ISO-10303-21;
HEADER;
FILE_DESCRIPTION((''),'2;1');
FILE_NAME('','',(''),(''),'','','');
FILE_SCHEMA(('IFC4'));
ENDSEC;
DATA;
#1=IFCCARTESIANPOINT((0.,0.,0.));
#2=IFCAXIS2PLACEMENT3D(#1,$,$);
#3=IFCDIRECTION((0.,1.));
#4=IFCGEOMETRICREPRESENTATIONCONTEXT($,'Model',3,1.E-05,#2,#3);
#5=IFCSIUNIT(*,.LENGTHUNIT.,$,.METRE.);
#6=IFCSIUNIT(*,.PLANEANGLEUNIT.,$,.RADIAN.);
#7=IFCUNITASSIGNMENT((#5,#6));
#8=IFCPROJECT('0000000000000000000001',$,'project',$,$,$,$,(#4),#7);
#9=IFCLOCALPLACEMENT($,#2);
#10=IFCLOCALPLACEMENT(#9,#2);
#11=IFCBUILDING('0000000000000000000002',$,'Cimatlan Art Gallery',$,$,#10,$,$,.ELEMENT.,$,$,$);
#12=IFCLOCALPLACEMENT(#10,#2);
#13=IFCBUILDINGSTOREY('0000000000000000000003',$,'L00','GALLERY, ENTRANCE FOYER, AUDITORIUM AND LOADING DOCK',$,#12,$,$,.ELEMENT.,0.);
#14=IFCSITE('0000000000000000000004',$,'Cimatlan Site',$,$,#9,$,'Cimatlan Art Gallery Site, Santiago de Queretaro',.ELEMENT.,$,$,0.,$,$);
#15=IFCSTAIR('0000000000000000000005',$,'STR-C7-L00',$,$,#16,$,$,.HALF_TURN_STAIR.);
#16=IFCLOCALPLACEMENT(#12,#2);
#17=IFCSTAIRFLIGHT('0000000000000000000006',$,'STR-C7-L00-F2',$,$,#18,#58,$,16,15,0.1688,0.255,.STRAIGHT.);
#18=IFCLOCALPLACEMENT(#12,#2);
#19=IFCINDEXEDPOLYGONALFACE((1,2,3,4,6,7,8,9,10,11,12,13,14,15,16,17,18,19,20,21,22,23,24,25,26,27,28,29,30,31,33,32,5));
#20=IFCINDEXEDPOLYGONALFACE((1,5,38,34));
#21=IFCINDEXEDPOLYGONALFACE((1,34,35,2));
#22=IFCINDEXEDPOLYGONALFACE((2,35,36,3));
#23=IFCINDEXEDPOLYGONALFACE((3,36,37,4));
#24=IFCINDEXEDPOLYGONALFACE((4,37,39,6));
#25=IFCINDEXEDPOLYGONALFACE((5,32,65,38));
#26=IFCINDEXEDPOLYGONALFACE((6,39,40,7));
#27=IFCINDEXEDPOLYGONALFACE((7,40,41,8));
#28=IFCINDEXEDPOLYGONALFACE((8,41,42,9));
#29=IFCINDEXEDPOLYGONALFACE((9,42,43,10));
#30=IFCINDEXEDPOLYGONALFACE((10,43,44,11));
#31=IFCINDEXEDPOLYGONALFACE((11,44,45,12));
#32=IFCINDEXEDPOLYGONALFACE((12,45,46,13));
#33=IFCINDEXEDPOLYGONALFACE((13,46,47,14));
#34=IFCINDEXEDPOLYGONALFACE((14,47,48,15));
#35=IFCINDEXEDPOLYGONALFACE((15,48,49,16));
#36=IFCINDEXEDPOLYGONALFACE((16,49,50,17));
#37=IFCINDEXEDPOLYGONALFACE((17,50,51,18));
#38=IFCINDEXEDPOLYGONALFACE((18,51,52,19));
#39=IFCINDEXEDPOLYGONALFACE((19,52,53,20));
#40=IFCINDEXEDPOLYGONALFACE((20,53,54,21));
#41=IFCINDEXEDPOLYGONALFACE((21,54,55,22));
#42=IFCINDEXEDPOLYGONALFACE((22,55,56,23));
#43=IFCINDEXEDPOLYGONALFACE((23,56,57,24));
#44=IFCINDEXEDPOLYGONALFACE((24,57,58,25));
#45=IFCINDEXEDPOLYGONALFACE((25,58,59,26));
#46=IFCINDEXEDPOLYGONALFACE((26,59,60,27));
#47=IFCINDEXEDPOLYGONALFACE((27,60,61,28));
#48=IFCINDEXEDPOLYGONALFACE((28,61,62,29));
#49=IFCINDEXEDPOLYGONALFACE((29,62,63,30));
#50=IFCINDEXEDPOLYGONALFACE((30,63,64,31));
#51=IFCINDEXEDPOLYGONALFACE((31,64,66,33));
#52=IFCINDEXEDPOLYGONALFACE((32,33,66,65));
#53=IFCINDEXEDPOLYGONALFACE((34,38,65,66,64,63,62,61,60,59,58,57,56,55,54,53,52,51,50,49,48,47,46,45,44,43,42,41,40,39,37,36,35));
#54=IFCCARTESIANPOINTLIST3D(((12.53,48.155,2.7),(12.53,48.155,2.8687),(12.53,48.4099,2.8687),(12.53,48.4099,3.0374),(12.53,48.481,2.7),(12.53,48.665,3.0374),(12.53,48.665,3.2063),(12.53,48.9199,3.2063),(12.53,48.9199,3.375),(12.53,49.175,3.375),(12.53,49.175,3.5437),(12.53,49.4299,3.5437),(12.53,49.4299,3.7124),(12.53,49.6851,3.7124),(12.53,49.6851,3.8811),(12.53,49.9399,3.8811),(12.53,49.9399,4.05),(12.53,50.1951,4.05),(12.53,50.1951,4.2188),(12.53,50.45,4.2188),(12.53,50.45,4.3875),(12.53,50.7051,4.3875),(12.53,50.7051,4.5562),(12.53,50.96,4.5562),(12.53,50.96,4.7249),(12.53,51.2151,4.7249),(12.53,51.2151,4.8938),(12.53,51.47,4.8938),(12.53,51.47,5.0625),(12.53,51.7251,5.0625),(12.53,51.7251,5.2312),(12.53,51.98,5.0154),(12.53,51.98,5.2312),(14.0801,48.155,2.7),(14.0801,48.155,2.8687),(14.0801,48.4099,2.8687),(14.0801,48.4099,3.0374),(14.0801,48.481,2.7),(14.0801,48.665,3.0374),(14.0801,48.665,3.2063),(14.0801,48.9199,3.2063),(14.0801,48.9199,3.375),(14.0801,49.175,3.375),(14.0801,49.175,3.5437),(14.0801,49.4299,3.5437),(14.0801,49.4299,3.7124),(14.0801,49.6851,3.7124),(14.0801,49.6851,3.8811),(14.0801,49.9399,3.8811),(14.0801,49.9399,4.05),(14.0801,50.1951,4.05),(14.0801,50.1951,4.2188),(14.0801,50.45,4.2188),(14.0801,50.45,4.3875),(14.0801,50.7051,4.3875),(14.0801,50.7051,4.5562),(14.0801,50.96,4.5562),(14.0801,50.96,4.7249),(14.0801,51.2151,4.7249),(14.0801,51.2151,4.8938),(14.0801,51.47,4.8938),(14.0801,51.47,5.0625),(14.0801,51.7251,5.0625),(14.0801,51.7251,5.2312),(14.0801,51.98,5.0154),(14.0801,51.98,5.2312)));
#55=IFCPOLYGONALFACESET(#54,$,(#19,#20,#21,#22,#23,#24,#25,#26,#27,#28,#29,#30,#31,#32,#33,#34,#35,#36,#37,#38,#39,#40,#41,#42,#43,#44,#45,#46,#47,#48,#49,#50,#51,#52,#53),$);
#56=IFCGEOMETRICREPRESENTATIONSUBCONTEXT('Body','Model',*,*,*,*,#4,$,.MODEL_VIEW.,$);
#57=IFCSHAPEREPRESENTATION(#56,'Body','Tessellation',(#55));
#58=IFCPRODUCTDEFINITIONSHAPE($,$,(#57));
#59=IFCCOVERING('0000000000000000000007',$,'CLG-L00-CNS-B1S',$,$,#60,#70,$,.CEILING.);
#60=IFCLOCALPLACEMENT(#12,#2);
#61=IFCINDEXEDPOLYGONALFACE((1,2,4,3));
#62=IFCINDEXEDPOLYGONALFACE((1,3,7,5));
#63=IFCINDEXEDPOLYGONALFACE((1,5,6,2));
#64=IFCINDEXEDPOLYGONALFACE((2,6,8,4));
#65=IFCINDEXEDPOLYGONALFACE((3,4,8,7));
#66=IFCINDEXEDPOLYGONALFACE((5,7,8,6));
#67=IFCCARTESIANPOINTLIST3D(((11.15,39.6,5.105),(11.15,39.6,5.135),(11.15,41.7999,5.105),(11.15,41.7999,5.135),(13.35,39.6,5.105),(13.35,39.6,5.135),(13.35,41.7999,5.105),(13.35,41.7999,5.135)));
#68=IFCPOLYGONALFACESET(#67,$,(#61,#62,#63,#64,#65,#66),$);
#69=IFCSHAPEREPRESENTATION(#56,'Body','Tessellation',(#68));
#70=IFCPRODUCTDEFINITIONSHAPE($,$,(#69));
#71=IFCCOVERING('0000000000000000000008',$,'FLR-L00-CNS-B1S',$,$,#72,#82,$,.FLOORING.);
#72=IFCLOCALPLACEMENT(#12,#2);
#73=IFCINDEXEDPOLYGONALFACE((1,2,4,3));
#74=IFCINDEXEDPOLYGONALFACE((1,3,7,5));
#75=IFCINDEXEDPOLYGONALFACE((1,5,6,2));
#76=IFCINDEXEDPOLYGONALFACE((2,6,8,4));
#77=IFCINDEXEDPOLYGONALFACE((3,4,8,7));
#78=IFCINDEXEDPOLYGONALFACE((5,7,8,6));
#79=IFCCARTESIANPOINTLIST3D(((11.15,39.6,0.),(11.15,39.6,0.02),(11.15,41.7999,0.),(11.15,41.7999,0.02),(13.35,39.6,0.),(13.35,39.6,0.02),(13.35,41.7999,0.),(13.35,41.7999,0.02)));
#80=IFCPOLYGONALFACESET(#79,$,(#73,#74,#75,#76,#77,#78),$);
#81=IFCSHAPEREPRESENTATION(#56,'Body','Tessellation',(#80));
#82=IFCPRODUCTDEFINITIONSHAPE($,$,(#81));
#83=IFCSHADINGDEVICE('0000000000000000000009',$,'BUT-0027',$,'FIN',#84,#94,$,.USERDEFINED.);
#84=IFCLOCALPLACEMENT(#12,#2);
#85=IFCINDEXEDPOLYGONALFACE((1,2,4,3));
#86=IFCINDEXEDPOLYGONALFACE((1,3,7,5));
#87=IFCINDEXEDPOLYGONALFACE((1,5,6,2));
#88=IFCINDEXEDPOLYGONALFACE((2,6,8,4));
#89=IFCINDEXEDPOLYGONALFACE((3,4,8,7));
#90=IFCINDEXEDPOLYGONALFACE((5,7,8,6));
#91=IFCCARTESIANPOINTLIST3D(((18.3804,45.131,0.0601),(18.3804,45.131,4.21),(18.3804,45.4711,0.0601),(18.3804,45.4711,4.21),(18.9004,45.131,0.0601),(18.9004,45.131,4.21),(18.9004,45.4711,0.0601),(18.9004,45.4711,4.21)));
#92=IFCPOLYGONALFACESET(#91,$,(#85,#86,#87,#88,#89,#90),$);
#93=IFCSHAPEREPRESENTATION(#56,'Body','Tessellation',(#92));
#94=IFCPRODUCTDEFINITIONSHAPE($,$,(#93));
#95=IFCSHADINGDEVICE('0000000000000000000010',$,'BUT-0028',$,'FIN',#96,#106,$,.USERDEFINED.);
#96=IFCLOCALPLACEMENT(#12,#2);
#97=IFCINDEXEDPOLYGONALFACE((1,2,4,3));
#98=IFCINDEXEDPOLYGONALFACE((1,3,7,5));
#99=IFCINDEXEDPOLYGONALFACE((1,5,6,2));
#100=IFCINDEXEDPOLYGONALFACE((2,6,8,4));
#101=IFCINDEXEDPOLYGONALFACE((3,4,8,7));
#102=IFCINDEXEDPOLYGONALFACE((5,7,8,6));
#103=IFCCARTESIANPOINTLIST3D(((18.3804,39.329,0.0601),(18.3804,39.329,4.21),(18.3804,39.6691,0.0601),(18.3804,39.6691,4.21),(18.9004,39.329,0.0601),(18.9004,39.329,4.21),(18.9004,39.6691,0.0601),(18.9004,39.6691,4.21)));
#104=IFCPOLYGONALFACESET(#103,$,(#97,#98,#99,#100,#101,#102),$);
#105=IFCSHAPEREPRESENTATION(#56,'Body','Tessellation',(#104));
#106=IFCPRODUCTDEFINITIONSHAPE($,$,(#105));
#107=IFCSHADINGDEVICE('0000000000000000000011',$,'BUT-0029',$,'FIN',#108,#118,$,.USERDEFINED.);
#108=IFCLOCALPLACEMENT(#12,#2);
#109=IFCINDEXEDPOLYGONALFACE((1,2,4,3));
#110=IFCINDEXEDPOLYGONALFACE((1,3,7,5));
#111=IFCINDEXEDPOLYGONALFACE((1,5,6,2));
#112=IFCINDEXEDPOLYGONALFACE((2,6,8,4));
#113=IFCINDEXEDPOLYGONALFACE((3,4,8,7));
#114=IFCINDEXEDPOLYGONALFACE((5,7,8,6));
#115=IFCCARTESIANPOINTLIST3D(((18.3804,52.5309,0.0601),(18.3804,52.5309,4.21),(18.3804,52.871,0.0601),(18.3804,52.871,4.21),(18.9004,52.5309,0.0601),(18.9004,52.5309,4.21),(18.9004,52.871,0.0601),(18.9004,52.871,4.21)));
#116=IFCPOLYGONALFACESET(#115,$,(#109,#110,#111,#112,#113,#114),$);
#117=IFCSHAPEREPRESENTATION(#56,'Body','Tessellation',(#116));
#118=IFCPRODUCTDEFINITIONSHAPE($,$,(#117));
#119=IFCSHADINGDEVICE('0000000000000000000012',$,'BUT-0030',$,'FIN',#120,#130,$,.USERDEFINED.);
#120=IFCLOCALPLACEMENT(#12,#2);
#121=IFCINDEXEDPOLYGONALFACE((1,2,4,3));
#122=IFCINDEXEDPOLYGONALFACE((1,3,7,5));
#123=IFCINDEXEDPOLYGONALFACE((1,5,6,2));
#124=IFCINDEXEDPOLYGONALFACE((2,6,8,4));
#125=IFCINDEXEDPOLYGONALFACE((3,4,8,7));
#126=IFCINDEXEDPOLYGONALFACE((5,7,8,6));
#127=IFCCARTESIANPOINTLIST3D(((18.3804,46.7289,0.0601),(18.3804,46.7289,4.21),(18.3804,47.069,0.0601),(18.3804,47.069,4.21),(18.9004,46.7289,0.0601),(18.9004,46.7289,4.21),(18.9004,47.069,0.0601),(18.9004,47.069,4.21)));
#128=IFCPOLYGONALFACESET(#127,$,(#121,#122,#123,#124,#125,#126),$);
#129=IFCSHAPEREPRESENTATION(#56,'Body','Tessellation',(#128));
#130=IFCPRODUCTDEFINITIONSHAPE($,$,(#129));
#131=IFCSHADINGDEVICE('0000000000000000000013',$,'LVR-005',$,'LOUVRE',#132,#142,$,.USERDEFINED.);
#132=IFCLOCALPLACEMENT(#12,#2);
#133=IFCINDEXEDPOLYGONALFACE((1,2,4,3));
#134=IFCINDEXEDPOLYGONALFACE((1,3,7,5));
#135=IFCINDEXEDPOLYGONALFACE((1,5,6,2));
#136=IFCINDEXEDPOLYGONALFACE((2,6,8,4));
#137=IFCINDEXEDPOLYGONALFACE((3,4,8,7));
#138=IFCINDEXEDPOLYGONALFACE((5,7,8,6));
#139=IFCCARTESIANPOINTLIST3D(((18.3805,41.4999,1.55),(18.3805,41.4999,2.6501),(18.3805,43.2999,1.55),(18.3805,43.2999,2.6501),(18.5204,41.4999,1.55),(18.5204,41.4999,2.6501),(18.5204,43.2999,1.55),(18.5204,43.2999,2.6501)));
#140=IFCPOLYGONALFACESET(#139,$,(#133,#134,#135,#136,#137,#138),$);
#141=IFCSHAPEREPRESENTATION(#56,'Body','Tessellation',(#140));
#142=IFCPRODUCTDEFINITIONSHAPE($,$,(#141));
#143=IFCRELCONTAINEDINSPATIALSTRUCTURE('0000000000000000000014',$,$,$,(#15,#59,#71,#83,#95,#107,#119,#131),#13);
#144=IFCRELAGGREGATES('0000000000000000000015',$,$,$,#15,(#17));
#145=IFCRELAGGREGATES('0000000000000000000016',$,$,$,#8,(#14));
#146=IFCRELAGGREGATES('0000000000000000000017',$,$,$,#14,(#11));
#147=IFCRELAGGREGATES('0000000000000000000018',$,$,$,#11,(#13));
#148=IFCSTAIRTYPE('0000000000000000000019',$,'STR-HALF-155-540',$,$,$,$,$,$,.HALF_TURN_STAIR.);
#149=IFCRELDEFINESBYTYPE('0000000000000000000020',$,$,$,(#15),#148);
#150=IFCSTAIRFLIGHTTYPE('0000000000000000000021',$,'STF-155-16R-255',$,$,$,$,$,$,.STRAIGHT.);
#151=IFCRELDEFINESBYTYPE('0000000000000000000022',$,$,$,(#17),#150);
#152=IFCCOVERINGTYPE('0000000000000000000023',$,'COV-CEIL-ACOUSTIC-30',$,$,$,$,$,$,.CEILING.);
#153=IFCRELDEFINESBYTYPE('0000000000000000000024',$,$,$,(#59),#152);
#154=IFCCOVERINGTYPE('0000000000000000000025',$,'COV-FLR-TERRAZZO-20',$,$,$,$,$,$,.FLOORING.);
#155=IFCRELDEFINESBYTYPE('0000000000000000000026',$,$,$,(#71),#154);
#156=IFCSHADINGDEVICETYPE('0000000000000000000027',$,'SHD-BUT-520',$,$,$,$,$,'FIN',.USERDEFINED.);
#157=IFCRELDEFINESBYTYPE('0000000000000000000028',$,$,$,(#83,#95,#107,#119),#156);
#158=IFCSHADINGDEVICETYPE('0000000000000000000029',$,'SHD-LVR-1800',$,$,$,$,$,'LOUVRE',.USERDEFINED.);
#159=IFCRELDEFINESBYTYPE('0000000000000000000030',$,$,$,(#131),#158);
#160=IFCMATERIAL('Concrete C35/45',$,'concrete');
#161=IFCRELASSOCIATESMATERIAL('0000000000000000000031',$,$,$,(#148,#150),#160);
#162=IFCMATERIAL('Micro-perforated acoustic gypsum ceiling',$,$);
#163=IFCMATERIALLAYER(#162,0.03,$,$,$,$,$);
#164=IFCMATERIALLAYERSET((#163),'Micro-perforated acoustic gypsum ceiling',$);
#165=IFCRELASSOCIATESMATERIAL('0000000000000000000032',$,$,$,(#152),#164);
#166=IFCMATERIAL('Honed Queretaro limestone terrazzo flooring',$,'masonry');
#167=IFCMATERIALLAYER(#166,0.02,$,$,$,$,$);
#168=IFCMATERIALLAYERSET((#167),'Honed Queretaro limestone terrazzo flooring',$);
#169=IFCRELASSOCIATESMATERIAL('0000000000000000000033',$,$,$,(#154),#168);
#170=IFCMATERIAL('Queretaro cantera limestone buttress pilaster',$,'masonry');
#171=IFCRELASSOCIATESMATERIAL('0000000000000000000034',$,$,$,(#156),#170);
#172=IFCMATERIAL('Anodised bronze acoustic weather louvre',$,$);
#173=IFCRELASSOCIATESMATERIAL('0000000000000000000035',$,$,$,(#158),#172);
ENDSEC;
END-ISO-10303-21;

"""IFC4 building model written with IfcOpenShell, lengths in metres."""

from ifc_helpers import new_model, si_unit, direction, frame, origin, origin_2d, place, context, subcontext, project, spatial, polyline, rectangle, outline, extrude, material, layer, layer_set, type_object, element, aggregate, save


model = new_model("IFC4")

# Units and contexts
model_context = context("Model", 3, precision=1e-05, world=origin(), true_north=direction((0.0, 1.0)))
body_context = subcontext(model_context, "Body", "Model", "MODEL_VIEW")
ifc_project = project(units=[si_unit("LENGTHUNIT", "METRE"), si_unit("PLANEANGLEUNIT", "RADIAN")], contexts=[model_context])

# Site, building, storey
site_placement = place(None, origin())
site = spatial("IfcSite", under=ifc_project, at=site_placement, Name="Cimatlan Site", LongName="Cimatlan Art Gallery Site, Santiago de Queretaro", CompositionType="ELEMENT", RefElevation=0.0)
building_placement = place(site_placement, origin())
building = spatial("IfcBuilding", under=site, at=building_placement, Name="Cimatlan Art Gallery", CompositionType="ELEMENT")
storey_placement = place(building_placement, origin())
storey = spatial("IfcBuildingStorey", under=building, at=storey_placement, Name="L00", Description="GALLERY, ENTRANCE FOYER, AUDITORIUM AND LOADING DOCK", CompositionType="ELEMENT", Elevation=0.0)

# Stair, stair flight
ifc_material_1 = material(Name="Concrete C35/45", Category="concrete")
stair_type = type_object("IfcStairType", Name="STR-HALF-155-540", PredefinedType="HALF_TURN_STAIR", material=ifc_material_1)
stair_placement = place(storey_placement, origin())
stair = element("IfcStair", 1, at=stair_placement, inside=storey, type_object=stair_type, Name="STR-C7-L00", PredefinedType="HALF_TURN_STAIR")
stair_flight_type = type_object("IfcStairFlightType", Name="STF-155-16R-255", PredefinedType="STRAIGHT", material=ifc_material_1)
stair_flight_placement = place(storey_placement, frame((13.3049, 48.155, 2.7), z_axis=(0.0, 0.0, 1.0), x_axis=(0.0, 1.0, 0.0)))
stair_flight = element("IfcStairFlight", 2, at=stair_flight_placement, type_object=stair_flight_type, Name="STR-C7-L00-F2", NumberOfRisers=16, NumberOfTreads=15, PredefinedType="STRAIGHT", RiserHeight=0.1688, TreadLength=0.255, context=body_context, shape_type="SweptSolid", body=[
    extrude(outline(polyline([(0.0, 0.0), (0.0, 0.1687), (0.2549, 0.1687), (0.2549, 0.3374), (0.51, 0.3374), (0.51, 0.5063), (0.7649, 0.5063), (0.7649, 0.675), (1.02, 0.675), (1.02, 0.8438), (1.2749, 0.8438), (1.2749, 1.0125), (1.53, 1.0125), (1.53, 1.1812), (1.7849, 1.1812), (1.7849, 1.3501), (2.04, 1.3501), (2.04, 1.5188), (2.2949, 1.5188), (2.2949, 1.6875), (2.55, 1.6875), (2.55, 1.8562), (2.8049, 1.8562), (2.8049, 2.0249), (3.0601, 2.0249), (3.0601, 2.1938), (3.3149, 2.1938), (3.3149, 2.3625), (3.5701, 2.3625), (3.5701, 2.5312), (3.825, 2.5312), (3.825, 2.7), (3.825, 2.3154), (0.3259, 0.0), (0.0, 0.0)])), frame((0.0, 0.7749, 0.0), z_axis=(0.0, -1.0, 0.0), x_axis=(1.0, 0.0, 0.0)), (0.0, 0.0, 1.0), 1.55),
])
aggregate(stair, [stair_flight])

# Coverings
ifc_material_2 = material(Name="Micro-perforated acoustic gypsum ceiling")
ifc_layer_1 = layer(ifc_material_2, 0.03)
ifc_layer_set_1 = layer_set([ifc_layer_1], Name="Micro-perforated acoustic gypsum ceiling")
covering_type_1 = type_object("IfcCoveringType", Name="COV-CEIL-ACOUSTIC-30", PredefinedType="CEILING", material=ifc_layer_set_1)
covering_1_placement = place(storey_placement, frame((12.25, 40.7, 5.105), z_axis=(0.0, 0.0, 1.0), x_axis=(1.0, 0.0, 0.0)))
element("IfcCovering", 3, at=covering_1_placement, inside=storey, type_object=covering_type_1, Name="CLG-L00-CNS-B1S", PredefinedType="CEILING", context=body_context, shape_type="SweptSolid", body=[
    extrude(rectangle(XDim=2.2, YDim=2.2, at=origin_2d()), origin(), (0.0, 0.0, 1.0), 0.03),
])
ifc_material_3 = material(Name="Honed Queretaro limestone terrazzo flooring", Category="masonry")
ifc_layer_2 = layer(ifc_material_3, 0.02)
ifc_layer_set_2 = layer_set([ifc_layer_2], Name="Honed Queretaro limestone terrazzo flooring")
covering_type_2 = type_object("IfcCoveringType", Name="COV-FLR-TERRAZZO-20", PredefinedType="FLOORING", material=ifc_layer_set_2)
covering_2_placement = place(storey_placement, frame((12.25, 40.7, 0.0), z_axis=(0.0, 0.0, 1.0), x_axis=(1.0, 0.0, 0.0)))
element("IfcCovering", 4, at=covering_2_placement, inside=storey, type_object=covering_type_2, Name="FLR-L00-CNS-B1S", PredefinedType="FLOORING", context=body_context, shape_type="SweptSolid", body=[
    extrude(rectangle(XDim=2.2, YDim=2.2, at=origin_2d()), origin(), (0.0, 0.0, 1.0), 0.02),
])

# Shading devices
ifc_material_4 = material(Name="Queretaro cantera limestone buttress pilaster", Category="masonry")
shading_device_type_1 = type_object("IfcShadingDeviceType", Name="SHD-BUT-520", ElementType="FIN", PredefinedType="USERDEFINED", material=ifc_material_4)
for number, where, z_axis, x_axis, name in (
    (5, (18.6404, 45.301, 0.0601), (0.0, 0.0, 1.0), (0.0, -1.0, 0.0), "BUT-0027"),
    (6, (18.6404, 39.499, 0.0601), (0.0, 0.0, 1.0), (0.0, -1.0, 0.0), "BUT-0028"),
    (7, (18.6404, 52.7009, 0.0601), (0.0, 0.0, 1.0), (0.0, -1.0, 0.0), "BUT-0029"),
    (8, (18.6404, 46.8989, 0.0601), (0.0, 0.0, 1.0), (0.0, -1.0, 0.0), "BUT-0030"),
):
    element("IfcShadingDevice", number, at=place(storey_placement, frame(where, z_axis=z_axis, x_axis=x_axis)), inside=storey, type_object=shading_device_type_1, Name=name, ObjectType="FIN", PredefinedType="USERDEFINED", context=body_context, shape_type="SweptSolid", body=[
        extrude(rectangle(XDim=0.3401, YDim=0.52, at=origin_2d()), origin(), (0.0, 0.0, 1.0), 4.1499),
    ])
ifc_material_5 = material(Name="Anodised bronze acoustic weather louvre")
shading_device_type_2 = type_object("IfcShadingDeviceType", Name="SHD-LVR-1800", ElementType="LOUVRE", PredefinedType="USERDEFINED", material=ifc_material_5)
shading_device_placement = place(storey_placement, frame((18.4504, 42.3999, 1.55), z_axis=(0.0, 0.0, 1.0), x_axis=(0.0, -1.0, 0.0)))
element("IfcShadingDevice", 9, at=shading_device_placement, inside=storey, type_object=shading_device_type_2, Name="LVR-005", ObjectType="LOUVRE", PredefinedType="USERDEFINED", context=body_context, shape_type="SweptSolid", body=[
    extrude(rectangle(XDim=1.8, YDim=0.1399, at=origin_2d()), origin(), (0.0, 0.0, 1.0), 1.1001),
])

save(model, "model.ifc")
